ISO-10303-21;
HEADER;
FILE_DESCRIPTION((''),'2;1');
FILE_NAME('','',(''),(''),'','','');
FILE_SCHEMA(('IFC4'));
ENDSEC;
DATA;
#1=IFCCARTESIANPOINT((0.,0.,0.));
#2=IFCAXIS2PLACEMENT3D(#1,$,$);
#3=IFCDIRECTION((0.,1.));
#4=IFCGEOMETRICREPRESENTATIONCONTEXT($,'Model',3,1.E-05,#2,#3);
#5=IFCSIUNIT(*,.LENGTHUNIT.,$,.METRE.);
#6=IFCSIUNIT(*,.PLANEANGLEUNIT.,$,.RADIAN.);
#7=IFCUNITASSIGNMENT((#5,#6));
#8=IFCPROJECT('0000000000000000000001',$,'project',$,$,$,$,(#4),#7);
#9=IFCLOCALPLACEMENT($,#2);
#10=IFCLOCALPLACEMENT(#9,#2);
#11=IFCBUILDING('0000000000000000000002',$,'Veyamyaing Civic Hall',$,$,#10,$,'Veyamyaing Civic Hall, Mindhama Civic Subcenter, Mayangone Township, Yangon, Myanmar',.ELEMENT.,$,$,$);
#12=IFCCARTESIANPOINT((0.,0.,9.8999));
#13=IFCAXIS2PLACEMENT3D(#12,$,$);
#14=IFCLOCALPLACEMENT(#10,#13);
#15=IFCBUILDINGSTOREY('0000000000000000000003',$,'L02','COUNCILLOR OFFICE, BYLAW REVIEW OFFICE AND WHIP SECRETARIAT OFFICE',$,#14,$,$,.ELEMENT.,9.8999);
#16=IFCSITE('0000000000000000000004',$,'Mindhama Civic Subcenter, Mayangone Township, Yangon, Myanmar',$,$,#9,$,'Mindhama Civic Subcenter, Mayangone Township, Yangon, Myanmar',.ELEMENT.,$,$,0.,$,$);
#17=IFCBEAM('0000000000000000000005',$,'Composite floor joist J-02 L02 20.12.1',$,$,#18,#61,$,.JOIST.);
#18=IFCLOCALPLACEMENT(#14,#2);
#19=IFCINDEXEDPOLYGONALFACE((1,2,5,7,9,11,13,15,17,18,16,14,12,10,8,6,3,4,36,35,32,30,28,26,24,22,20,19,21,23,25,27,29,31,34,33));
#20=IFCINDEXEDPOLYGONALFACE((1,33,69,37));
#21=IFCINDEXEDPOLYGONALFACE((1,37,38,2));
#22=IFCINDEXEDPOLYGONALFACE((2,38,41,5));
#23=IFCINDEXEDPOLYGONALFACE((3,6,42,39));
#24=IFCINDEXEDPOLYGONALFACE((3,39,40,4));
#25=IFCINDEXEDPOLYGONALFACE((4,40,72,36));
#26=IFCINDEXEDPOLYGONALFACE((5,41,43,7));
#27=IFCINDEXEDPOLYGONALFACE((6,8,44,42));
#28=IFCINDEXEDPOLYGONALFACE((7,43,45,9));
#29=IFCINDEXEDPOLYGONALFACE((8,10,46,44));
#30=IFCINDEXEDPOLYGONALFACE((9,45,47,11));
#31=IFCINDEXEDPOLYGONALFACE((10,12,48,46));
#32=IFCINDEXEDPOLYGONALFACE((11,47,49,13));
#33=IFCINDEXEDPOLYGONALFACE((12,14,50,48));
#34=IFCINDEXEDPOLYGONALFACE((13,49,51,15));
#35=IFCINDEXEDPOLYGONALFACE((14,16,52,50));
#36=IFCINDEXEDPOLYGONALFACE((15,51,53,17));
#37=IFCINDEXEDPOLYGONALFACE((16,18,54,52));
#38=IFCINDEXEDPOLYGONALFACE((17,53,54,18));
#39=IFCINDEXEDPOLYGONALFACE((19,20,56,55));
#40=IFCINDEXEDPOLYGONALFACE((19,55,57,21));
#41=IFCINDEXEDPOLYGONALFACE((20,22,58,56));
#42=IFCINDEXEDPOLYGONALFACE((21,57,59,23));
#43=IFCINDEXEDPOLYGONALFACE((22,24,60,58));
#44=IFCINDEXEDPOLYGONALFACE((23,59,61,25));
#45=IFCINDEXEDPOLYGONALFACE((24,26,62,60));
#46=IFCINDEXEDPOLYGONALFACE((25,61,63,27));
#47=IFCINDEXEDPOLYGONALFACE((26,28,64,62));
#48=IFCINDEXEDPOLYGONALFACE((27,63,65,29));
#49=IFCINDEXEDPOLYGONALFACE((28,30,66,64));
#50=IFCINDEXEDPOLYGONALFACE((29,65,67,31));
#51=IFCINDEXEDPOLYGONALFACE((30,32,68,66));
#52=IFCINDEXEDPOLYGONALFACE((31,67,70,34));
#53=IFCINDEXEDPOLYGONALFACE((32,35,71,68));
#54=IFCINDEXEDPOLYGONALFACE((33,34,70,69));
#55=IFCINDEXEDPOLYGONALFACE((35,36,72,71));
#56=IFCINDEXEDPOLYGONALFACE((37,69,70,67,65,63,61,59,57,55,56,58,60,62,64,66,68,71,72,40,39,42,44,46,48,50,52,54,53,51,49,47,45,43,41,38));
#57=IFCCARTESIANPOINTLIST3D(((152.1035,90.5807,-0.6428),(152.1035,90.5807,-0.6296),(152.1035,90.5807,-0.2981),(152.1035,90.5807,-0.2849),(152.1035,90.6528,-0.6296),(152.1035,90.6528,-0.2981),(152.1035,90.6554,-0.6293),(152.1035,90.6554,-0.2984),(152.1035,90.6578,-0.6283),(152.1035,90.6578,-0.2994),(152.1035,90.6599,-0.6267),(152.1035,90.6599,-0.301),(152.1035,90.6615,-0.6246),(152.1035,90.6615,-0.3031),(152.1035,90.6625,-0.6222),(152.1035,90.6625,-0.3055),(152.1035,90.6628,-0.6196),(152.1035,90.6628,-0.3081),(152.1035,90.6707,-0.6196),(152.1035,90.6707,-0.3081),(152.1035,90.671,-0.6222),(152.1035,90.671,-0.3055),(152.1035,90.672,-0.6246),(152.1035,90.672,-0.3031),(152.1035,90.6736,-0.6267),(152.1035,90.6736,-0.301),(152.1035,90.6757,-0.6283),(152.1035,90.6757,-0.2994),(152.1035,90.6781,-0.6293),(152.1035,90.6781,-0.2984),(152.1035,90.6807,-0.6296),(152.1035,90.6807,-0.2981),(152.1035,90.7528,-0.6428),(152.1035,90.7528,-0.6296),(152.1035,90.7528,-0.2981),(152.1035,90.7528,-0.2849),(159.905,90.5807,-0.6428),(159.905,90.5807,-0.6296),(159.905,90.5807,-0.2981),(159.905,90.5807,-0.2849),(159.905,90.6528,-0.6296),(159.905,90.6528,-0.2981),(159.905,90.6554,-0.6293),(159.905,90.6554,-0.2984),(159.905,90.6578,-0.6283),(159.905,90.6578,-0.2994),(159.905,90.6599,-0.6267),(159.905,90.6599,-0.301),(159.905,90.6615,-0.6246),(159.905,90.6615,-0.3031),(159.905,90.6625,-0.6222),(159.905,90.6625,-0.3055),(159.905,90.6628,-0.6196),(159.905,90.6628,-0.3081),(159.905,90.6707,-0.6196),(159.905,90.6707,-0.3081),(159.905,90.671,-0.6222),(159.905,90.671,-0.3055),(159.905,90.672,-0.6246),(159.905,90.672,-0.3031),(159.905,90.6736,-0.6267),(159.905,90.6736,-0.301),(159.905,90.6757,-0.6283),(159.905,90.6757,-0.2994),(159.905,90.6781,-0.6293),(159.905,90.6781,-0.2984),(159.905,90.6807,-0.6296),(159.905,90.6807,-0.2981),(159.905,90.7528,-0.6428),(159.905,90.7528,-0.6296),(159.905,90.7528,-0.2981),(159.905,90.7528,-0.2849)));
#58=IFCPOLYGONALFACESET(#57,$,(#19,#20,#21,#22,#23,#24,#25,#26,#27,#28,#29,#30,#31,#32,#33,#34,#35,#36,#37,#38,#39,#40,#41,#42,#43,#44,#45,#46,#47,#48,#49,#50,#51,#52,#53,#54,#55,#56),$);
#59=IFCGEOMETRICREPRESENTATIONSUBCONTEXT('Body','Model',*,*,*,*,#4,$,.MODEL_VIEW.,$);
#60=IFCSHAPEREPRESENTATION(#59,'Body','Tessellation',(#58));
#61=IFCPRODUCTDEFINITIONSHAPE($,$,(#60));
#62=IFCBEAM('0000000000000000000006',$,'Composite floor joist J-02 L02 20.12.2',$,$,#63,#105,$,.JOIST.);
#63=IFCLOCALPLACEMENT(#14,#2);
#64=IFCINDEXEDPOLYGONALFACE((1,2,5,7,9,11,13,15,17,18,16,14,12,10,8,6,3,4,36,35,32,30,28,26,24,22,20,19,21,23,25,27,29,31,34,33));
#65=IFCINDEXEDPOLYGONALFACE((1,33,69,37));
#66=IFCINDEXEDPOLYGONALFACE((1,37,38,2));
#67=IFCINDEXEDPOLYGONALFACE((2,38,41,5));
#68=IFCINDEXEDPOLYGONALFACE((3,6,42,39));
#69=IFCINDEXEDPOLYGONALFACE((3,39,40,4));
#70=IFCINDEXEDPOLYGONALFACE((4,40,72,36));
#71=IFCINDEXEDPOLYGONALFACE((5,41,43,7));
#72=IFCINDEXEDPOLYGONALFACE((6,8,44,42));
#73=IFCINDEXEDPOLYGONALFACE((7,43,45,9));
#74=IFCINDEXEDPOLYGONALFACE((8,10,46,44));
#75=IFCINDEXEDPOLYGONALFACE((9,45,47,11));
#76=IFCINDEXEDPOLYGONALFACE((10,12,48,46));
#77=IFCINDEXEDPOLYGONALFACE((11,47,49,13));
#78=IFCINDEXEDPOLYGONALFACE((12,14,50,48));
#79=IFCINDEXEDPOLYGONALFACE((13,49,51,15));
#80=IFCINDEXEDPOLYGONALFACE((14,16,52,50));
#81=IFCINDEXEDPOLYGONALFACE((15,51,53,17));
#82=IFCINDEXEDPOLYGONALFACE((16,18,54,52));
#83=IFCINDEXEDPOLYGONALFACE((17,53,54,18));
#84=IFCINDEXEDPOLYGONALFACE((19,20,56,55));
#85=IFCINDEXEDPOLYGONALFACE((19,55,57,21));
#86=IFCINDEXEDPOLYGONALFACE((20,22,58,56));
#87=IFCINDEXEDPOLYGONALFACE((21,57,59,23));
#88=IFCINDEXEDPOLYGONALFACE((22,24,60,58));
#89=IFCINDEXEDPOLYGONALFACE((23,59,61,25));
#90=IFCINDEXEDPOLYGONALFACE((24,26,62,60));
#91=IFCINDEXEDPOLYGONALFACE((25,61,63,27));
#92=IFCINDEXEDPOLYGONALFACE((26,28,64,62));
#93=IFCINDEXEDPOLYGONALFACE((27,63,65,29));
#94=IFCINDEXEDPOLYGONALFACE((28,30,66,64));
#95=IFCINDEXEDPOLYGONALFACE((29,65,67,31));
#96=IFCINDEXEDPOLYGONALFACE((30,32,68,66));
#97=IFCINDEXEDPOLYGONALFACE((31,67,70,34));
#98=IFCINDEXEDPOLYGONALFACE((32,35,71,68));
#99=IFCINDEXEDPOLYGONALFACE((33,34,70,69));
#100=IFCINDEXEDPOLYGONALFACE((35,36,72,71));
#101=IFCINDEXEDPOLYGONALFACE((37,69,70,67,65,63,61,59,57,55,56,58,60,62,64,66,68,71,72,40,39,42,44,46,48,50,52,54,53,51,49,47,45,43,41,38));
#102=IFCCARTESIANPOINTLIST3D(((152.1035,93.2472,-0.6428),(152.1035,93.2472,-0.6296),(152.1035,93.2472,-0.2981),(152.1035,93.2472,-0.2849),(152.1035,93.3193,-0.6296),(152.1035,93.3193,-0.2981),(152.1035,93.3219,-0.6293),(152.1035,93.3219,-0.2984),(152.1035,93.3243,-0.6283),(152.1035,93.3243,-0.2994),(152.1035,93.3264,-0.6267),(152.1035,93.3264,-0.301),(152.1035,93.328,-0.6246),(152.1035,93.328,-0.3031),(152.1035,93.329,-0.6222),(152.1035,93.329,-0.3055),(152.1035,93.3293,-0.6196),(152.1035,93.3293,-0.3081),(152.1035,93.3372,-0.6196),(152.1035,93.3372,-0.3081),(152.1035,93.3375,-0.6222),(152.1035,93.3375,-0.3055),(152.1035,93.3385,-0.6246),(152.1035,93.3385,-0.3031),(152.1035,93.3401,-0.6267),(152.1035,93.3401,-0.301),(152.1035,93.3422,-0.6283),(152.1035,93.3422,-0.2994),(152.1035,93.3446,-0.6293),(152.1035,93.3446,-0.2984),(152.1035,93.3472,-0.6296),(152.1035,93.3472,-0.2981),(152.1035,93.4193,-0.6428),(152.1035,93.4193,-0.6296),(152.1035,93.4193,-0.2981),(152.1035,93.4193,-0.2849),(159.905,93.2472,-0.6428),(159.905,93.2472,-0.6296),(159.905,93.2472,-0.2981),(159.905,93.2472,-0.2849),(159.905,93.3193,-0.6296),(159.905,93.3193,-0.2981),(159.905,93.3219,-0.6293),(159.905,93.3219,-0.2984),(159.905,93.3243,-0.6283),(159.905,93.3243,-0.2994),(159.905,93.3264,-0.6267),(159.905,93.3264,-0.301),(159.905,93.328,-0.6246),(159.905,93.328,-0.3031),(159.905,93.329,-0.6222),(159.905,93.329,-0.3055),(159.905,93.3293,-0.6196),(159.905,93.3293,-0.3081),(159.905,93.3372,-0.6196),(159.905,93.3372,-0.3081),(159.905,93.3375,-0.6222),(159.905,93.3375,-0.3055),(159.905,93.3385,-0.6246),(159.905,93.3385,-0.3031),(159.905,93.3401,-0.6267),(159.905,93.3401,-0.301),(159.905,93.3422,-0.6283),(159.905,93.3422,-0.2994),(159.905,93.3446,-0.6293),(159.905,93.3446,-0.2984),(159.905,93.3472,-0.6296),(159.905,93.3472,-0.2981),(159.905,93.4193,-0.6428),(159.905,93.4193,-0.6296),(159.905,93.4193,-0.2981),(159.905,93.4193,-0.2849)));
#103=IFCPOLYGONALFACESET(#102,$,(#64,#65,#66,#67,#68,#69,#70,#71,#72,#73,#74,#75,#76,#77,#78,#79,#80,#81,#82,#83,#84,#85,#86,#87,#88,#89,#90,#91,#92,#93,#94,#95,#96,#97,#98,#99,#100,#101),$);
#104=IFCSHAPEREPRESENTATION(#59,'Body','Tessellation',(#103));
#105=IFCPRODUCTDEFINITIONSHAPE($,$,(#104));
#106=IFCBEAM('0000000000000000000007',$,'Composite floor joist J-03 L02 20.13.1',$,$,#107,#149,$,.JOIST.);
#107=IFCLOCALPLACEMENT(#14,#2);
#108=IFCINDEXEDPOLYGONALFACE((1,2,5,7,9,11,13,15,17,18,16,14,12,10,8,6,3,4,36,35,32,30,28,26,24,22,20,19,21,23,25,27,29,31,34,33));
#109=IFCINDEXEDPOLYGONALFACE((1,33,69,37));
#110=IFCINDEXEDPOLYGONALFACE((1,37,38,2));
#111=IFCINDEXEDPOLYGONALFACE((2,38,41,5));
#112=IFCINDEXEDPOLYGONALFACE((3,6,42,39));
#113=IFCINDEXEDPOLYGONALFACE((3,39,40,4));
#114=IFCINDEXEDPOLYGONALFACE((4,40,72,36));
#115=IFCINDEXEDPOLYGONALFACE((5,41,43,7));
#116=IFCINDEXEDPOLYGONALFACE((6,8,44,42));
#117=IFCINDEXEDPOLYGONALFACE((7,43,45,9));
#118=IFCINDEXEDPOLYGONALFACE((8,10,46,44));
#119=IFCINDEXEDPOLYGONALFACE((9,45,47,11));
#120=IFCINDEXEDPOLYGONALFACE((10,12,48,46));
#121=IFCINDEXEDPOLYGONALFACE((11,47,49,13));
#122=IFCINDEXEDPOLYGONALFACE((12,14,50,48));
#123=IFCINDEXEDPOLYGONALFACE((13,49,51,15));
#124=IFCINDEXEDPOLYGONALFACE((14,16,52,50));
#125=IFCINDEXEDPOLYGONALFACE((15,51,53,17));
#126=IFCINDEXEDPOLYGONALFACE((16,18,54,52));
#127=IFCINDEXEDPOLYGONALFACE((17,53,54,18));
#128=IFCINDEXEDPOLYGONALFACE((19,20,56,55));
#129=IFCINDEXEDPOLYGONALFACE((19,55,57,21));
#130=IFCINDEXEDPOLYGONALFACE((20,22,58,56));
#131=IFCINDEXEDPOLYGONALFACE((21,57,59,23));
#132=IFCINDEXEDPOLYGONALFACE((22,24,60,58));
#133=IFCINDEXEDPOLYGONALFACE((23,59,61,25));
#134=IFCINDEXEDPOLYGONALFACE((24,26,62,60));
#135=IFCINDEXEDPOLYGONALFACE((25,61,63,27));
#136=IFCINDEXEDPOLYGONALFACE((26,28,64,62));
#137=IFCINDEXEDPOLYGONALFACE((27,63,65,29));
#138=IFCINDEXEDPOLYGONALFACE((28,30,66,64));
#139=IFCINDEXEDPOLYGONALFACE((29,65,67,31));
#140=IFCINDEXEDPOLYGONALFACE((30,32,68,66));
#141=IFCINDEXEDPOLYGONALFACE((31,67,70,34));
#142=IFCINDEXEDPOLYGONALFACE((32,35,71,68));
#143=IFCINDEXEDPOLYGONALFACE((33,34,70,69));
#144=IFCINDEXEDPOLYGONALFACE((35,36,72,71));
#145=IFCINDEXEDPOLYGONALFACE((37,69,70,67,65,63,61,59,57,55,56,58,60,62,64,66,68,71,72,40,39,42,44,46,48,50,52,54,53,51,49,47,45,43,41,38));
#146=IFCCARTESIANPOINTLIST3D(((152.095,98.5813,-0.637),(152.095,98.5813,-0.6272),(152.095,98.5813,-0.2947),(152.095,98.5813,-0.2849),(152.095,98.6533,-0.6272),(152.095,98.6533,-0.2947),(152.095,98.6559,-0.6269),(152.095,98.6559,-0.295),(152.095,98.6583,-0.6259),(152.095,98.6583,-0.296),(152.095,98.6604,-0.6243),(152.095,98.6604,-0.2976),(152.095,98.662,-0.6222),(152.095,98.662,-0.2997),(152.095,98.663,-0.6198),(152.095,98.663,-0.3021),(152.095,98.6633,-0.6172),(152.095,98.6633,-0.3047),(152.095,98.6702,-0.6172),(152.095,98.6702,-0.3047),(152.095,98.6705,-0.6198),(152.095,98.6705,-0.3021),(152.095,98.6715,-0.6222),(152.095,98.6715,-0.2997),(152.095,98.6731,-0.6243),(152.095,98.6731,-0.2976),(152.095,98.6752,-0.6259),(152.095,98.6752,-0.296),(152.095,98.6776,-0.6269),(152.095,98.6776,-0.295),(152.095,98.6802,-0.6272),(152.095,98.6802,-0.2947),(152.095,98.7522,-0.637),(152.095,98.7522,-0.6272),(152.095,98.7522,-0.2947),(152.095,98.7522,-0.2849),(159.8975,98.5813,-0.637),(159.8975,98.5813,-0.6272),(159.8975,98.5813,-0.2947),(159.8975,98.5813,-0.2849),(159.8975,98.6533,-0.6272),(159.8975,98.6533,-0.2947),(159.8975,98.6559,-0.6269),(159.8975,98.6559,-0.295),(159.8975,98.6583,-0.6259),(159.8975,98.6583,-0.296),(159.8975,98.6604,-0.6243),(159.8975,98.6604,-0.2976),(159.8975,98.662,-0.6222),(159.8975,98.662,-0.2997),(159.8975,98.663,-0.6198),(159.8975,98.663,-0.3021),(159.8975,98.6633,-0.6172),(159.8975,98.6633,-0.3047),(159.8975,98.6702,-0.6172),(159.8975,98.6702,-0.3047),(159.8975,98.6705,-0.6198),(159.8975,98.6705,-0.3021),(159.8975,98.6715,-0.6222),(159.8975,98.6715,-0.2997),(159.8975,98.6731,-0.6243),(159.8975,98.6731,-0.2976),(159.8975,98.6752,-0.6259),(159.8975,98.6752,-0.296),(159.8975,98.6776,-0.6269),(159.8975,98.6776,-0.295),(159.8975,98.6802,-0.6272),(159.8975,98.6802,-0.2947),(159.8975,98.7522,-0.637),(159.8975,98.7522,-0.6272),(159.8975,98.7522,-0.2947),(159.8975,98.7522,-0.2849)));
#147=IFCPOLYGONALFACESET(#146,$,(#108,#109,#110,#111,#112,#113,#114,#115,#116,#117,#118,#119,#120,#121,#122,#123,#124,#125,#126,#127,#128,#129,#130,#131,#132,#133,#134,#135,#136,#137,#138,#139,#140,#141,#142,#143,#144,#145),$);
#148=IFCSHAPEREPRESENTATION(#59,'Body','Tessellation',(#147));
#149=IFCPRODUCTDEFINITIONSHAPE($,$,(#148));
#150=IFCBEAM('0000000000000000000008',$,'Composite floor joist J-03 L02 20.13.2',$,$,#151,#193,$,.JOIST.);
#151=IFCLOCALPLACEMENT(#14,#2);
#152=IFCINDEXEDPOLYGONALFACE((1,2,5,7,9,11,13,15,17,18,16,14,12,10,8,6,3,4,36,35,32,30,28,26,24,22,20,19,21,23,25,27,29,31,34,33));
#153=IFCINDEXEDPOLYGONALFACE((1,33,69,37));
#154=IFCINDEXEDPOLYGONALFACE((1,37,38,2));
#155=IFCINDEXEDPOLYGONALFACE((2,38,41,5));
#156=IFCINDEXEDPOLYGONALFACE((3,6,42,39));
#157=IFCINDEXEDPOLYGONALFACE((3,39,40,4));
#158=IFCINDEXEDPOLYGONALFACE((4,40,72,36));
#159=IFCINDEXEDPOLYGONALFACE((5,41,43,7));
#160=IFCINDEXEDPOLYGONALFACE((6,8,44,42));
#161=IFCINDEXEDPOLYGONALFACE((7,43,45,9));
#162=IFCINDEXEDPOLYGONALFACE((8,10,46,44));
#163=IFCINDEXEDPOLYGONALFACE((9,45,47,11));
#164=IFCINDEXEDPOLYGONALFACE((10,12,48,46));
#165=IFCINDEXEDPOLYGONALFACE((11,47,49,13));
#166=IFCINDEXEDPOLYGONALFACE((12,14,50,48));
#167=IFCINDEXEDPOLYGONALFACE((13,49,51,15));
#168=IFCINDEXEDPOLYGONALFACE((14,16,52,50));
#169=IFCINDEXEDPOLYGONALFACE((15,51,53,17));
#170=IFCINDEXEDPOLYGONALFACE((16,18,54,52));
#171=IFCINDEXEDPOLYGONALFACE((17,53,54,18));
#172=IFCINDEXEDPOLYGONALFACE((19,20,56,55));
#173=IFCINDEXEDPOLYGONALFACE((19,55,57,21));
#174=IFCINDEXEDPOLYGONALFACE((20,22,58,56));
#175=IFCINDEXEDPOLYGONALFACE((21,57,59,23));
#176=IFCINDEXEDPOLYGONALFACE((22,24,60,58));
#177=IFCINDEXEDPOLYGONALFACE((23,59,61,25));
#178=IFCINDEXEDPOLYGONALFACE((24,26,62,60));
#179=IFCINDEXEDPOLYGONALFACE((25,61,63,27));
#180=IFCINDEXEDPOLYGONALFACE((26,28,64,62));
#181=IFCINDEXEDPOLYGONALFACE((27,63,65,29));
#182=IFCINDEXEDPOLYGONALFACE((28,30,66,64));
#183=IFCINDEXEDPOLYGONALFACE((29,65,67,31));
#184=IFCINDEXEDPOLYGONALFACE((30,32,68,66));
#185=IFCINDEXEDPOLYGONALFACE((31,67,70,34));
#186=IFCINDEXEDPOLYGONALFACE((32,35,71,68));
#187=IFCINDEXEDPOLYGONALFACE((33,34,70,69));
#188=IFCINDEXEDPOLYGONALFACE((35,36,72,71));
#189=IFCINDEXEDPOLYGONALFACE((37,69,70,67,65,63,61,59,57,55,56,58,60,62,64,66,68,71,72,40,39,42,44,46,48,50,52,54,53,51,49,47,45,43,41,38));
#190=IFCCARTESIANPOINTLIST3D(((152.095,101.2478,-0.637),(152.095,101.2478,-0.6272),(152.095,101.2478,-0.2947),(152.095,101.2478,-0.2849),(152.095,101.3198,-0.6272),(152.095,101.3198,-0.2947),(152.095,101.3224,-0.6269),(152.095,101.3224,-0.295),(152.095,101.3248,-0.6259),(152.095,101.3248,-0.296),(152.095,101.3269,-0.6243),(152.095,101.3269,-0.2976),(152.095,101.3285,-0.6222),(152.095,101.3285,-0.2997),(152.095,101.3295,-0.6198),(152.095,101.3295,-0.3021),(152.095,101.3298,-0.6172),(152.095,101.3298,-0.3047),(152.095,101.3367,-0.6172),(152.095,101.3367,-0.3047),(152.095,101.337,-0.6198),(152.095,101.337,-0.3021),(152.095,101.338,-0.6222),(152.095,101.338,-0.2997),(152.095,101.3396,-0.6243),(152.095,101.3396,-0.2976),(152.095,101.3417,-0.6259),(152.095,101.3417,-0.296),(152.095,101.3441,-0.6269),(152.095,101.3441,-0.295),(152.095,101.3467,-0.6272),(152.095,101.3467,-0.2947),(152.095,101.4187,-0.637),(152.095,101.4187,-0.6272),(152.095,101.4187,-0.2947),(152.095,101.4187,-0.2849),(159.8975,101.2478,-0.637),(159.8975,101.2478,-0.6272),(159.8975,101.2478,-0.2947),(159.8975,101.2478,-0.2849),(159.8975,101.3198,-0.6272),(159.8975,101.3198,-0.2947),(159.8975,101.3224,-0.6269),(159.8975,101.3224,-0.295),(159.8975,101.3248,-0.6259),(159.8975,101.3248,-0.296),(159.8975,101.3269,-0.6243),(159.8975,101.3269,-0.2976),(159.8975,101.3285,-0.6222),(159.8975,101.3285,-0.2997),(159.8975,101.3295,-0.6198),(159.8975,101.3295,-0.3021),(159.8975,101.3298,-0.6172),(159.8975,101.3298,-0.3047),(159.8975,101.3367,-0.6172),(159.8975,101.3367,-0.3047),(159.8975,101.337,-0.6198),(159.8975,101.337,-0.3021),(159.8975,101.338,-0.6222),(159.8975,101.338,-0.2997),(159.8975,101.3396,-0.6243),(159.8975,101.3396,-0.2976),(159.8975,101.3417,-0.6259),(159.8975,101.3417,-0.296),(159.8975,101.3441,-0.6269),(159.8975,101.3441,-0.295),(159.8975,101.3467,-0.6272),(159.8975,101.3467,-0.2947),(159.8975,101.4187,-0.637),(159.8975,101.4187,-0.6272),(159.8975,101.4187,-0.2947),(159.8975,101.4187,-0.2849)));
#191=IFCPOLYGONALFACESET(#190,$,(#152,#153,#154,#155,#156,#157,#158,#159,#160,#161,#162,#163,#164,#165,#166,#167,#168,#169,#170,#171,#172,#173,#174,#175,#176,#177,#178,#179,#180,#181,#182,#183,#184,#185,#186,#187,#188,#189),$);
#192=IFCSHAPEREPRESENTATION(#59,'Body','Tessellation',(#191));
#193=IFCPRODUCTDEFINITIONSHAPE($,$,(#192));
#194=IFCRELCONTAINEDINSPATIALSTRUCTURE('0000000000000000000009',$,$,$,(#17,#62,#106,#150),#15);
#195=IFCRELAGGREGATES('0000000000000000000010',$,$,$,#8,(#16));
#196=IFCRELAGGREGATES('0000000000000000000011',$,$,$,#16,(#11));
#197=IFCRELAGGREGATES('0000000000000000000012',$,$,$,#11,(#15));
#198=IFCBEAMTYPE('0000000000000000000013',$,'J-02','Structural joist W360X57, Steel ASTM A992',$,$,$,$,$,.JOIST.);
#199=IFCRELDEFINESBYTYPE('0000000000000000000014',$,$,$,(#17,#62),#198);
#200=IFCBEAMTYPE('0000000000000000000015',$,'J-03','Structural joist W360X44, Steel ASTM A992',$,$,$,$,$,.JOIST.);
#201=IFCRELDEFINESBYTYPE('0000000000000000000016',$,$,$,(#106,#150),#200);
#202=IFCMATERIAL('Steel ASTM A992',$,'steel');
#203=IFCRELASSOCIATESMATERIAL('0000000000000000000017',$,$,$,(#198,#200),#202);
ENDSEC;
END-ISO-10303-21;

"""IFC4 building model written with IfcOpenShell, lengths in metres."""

from ifc_helpers import new_model, si_unit, direction, frame, origin, origin_2d, place, context, subcontext, project, spatial, i_section, extrude, material, material_profile, profile_set, type_object, element, save


model = new_model("IFC4")

# Units and contexts
model_context = context("Model", 3, precision=1e-05, world=origin(), true_north=direction((0.0, 1.0)))
body_context = subcontext(model_context, "Body", "Model", "MODEL_VIEW")
ifc_project = project(units=[si_unit("LENGTHUNIT", "METRE"), si_unit("PLANEANGLEUNIT", "RADIAN")], contexts=[model_context])

# Site, building, storey
site_placement = place(None, origin())
site = spatial("IfcSite", under=ifc_project, at=site_placement, Name="Mindhama Civic Subcenter, Mayangone Township, Yangon, Myanmar", LongName="Mindhama Civic Subcenter, Mayangone Township, Yangon, Myanmar", CompositionType="ELEMENT", RefElevation=0.0)
building_placement = place(site_placement, origin())
building = spatial("IfcBuilding", under=site, at=building_placement, Name="Veyamyaing Civic Hall", LongName="Veyamyaing Civic Hall, Mindhama Civic Subcenter, Mayangone Township, Yangon, Myanmar", CompositionType="ELEMENT")
storey_placement = place(building_placement, frame((0.0, 0.0, 9.8999)))
storey = spatial("IfcBuildingStorey", under=building, at=storey_placement, Name="L02", Description="COUNCILLOR OFFICE, BYLAW REVIEW OFFICE AND WHIP SECRETARIAT OFFICE", CompositionType="ELEMENT", Elevation=9.8999)

# Beams
ifc_material_1 = material(Name="Steel ASTM A992", Category="steel")
ifc_material_profile_1 = material_profile(ifc_material_1, i_section(OverallWidth=0.1721, OverallDepth=0.3579, WebThickness=0.0078, FlangeThickness=0.0132, FilletRadius=0.01, at=origin_2d()), Name="W360X57")
ifc_profile_set_1 = profile_set([ifc_material_profile_1], Name="Steel ASTM A992")
beam_type_1 = type_object("IfcBeamType", Name="J-02", Description="Structural joist W360X57, Steel ASTM A992", PredefinedType="JOIST", material=ifc_profile_set_1)
for number, where, z_axis, x_axis, name in (
    (1, (152.1035, 90.6667, -0.4639), (1.0, 0.0, 0.0), (0.0, 1.0, 0.0), "Composite floor joist J-02 L02 20.12.1"),
    (2, (152.1035, 93.3333, -0.4639), (1.0, 0.0, 0.0), (0.0, 1.0, 0.0), "Composite floor joist J-02 L02 20.12.2"),
):
    element("IfcBeam", number, at=place(storey_placement, frame(where, z_axis=z_axis, x_axis=x_axis)), inside=storey, type_object=beam_type_1, Name=name, PredefinedType="JOIST", context=body_context, shape_type="SweptSolid", body=[
        extrude(i_section(OverallWidth=0.1721, OverallDepth=0.3579, WebThickness=0.0078, FlangeThickness=0.0132, FilletRadius=0.01, at=origin_2d()), origin(), (0.0, 0.0, 1.0), 7.8015),
    ])
ifc_material_profile_2 = material_profile(ifc_material_1, i_section(OverallWidth=0.1709, OverallDepth=0.3521, WebThickness=0.0068, FlangeThickness=0.0098, FilletRadius=0.01, at=origin_2d()), Name="W360X44")
ifc_profile_set_2 = profile_set([ifc_material_profile_2], Name="Steel ASTM A992")
beam_type_2 = type_object("IfcBeamType", Name="J-03", Description="Structural joist W360X44, Steel ASTM A992", PredefinedType="JOIST", material=ifc_profile_set_2)
for number, where, z_axis, x_axis, name in (
    (3, (152.095, 98.6667, -0.4609), (1.0, 0.0, 0.0), (0.0, 1.0, 0.0), "Composite floor joist J-03 L02 20.13.1"),
    (4, (152.095, 101.3333, -0.4609), (1.0, 0.0, 0.0), (0.0, 1.0, 0.0), "Composite floor joist J-03 L02 20.13.2"),
):
    element("IfcBeam", number, at=place(storey_placement, frame(where, z_axis=z_axis, x_axis=x_axis)), inside=storey, type_object=beam_type_2, Name=name, PredefinedType="JOIST", context=body_context, shape_type="SweptSolid", body=[
        extrude(i_section(OverallWidth=0.1709, OverallDepth=0.3521, WebThickness=0.0068, FlangeThickness=0.0098, FilletRadius=0.01, at=origin_2d()), origin(), (0.0, 0.0, 1.0), 7.8025),
    ])

save(model, "model.ifc")
